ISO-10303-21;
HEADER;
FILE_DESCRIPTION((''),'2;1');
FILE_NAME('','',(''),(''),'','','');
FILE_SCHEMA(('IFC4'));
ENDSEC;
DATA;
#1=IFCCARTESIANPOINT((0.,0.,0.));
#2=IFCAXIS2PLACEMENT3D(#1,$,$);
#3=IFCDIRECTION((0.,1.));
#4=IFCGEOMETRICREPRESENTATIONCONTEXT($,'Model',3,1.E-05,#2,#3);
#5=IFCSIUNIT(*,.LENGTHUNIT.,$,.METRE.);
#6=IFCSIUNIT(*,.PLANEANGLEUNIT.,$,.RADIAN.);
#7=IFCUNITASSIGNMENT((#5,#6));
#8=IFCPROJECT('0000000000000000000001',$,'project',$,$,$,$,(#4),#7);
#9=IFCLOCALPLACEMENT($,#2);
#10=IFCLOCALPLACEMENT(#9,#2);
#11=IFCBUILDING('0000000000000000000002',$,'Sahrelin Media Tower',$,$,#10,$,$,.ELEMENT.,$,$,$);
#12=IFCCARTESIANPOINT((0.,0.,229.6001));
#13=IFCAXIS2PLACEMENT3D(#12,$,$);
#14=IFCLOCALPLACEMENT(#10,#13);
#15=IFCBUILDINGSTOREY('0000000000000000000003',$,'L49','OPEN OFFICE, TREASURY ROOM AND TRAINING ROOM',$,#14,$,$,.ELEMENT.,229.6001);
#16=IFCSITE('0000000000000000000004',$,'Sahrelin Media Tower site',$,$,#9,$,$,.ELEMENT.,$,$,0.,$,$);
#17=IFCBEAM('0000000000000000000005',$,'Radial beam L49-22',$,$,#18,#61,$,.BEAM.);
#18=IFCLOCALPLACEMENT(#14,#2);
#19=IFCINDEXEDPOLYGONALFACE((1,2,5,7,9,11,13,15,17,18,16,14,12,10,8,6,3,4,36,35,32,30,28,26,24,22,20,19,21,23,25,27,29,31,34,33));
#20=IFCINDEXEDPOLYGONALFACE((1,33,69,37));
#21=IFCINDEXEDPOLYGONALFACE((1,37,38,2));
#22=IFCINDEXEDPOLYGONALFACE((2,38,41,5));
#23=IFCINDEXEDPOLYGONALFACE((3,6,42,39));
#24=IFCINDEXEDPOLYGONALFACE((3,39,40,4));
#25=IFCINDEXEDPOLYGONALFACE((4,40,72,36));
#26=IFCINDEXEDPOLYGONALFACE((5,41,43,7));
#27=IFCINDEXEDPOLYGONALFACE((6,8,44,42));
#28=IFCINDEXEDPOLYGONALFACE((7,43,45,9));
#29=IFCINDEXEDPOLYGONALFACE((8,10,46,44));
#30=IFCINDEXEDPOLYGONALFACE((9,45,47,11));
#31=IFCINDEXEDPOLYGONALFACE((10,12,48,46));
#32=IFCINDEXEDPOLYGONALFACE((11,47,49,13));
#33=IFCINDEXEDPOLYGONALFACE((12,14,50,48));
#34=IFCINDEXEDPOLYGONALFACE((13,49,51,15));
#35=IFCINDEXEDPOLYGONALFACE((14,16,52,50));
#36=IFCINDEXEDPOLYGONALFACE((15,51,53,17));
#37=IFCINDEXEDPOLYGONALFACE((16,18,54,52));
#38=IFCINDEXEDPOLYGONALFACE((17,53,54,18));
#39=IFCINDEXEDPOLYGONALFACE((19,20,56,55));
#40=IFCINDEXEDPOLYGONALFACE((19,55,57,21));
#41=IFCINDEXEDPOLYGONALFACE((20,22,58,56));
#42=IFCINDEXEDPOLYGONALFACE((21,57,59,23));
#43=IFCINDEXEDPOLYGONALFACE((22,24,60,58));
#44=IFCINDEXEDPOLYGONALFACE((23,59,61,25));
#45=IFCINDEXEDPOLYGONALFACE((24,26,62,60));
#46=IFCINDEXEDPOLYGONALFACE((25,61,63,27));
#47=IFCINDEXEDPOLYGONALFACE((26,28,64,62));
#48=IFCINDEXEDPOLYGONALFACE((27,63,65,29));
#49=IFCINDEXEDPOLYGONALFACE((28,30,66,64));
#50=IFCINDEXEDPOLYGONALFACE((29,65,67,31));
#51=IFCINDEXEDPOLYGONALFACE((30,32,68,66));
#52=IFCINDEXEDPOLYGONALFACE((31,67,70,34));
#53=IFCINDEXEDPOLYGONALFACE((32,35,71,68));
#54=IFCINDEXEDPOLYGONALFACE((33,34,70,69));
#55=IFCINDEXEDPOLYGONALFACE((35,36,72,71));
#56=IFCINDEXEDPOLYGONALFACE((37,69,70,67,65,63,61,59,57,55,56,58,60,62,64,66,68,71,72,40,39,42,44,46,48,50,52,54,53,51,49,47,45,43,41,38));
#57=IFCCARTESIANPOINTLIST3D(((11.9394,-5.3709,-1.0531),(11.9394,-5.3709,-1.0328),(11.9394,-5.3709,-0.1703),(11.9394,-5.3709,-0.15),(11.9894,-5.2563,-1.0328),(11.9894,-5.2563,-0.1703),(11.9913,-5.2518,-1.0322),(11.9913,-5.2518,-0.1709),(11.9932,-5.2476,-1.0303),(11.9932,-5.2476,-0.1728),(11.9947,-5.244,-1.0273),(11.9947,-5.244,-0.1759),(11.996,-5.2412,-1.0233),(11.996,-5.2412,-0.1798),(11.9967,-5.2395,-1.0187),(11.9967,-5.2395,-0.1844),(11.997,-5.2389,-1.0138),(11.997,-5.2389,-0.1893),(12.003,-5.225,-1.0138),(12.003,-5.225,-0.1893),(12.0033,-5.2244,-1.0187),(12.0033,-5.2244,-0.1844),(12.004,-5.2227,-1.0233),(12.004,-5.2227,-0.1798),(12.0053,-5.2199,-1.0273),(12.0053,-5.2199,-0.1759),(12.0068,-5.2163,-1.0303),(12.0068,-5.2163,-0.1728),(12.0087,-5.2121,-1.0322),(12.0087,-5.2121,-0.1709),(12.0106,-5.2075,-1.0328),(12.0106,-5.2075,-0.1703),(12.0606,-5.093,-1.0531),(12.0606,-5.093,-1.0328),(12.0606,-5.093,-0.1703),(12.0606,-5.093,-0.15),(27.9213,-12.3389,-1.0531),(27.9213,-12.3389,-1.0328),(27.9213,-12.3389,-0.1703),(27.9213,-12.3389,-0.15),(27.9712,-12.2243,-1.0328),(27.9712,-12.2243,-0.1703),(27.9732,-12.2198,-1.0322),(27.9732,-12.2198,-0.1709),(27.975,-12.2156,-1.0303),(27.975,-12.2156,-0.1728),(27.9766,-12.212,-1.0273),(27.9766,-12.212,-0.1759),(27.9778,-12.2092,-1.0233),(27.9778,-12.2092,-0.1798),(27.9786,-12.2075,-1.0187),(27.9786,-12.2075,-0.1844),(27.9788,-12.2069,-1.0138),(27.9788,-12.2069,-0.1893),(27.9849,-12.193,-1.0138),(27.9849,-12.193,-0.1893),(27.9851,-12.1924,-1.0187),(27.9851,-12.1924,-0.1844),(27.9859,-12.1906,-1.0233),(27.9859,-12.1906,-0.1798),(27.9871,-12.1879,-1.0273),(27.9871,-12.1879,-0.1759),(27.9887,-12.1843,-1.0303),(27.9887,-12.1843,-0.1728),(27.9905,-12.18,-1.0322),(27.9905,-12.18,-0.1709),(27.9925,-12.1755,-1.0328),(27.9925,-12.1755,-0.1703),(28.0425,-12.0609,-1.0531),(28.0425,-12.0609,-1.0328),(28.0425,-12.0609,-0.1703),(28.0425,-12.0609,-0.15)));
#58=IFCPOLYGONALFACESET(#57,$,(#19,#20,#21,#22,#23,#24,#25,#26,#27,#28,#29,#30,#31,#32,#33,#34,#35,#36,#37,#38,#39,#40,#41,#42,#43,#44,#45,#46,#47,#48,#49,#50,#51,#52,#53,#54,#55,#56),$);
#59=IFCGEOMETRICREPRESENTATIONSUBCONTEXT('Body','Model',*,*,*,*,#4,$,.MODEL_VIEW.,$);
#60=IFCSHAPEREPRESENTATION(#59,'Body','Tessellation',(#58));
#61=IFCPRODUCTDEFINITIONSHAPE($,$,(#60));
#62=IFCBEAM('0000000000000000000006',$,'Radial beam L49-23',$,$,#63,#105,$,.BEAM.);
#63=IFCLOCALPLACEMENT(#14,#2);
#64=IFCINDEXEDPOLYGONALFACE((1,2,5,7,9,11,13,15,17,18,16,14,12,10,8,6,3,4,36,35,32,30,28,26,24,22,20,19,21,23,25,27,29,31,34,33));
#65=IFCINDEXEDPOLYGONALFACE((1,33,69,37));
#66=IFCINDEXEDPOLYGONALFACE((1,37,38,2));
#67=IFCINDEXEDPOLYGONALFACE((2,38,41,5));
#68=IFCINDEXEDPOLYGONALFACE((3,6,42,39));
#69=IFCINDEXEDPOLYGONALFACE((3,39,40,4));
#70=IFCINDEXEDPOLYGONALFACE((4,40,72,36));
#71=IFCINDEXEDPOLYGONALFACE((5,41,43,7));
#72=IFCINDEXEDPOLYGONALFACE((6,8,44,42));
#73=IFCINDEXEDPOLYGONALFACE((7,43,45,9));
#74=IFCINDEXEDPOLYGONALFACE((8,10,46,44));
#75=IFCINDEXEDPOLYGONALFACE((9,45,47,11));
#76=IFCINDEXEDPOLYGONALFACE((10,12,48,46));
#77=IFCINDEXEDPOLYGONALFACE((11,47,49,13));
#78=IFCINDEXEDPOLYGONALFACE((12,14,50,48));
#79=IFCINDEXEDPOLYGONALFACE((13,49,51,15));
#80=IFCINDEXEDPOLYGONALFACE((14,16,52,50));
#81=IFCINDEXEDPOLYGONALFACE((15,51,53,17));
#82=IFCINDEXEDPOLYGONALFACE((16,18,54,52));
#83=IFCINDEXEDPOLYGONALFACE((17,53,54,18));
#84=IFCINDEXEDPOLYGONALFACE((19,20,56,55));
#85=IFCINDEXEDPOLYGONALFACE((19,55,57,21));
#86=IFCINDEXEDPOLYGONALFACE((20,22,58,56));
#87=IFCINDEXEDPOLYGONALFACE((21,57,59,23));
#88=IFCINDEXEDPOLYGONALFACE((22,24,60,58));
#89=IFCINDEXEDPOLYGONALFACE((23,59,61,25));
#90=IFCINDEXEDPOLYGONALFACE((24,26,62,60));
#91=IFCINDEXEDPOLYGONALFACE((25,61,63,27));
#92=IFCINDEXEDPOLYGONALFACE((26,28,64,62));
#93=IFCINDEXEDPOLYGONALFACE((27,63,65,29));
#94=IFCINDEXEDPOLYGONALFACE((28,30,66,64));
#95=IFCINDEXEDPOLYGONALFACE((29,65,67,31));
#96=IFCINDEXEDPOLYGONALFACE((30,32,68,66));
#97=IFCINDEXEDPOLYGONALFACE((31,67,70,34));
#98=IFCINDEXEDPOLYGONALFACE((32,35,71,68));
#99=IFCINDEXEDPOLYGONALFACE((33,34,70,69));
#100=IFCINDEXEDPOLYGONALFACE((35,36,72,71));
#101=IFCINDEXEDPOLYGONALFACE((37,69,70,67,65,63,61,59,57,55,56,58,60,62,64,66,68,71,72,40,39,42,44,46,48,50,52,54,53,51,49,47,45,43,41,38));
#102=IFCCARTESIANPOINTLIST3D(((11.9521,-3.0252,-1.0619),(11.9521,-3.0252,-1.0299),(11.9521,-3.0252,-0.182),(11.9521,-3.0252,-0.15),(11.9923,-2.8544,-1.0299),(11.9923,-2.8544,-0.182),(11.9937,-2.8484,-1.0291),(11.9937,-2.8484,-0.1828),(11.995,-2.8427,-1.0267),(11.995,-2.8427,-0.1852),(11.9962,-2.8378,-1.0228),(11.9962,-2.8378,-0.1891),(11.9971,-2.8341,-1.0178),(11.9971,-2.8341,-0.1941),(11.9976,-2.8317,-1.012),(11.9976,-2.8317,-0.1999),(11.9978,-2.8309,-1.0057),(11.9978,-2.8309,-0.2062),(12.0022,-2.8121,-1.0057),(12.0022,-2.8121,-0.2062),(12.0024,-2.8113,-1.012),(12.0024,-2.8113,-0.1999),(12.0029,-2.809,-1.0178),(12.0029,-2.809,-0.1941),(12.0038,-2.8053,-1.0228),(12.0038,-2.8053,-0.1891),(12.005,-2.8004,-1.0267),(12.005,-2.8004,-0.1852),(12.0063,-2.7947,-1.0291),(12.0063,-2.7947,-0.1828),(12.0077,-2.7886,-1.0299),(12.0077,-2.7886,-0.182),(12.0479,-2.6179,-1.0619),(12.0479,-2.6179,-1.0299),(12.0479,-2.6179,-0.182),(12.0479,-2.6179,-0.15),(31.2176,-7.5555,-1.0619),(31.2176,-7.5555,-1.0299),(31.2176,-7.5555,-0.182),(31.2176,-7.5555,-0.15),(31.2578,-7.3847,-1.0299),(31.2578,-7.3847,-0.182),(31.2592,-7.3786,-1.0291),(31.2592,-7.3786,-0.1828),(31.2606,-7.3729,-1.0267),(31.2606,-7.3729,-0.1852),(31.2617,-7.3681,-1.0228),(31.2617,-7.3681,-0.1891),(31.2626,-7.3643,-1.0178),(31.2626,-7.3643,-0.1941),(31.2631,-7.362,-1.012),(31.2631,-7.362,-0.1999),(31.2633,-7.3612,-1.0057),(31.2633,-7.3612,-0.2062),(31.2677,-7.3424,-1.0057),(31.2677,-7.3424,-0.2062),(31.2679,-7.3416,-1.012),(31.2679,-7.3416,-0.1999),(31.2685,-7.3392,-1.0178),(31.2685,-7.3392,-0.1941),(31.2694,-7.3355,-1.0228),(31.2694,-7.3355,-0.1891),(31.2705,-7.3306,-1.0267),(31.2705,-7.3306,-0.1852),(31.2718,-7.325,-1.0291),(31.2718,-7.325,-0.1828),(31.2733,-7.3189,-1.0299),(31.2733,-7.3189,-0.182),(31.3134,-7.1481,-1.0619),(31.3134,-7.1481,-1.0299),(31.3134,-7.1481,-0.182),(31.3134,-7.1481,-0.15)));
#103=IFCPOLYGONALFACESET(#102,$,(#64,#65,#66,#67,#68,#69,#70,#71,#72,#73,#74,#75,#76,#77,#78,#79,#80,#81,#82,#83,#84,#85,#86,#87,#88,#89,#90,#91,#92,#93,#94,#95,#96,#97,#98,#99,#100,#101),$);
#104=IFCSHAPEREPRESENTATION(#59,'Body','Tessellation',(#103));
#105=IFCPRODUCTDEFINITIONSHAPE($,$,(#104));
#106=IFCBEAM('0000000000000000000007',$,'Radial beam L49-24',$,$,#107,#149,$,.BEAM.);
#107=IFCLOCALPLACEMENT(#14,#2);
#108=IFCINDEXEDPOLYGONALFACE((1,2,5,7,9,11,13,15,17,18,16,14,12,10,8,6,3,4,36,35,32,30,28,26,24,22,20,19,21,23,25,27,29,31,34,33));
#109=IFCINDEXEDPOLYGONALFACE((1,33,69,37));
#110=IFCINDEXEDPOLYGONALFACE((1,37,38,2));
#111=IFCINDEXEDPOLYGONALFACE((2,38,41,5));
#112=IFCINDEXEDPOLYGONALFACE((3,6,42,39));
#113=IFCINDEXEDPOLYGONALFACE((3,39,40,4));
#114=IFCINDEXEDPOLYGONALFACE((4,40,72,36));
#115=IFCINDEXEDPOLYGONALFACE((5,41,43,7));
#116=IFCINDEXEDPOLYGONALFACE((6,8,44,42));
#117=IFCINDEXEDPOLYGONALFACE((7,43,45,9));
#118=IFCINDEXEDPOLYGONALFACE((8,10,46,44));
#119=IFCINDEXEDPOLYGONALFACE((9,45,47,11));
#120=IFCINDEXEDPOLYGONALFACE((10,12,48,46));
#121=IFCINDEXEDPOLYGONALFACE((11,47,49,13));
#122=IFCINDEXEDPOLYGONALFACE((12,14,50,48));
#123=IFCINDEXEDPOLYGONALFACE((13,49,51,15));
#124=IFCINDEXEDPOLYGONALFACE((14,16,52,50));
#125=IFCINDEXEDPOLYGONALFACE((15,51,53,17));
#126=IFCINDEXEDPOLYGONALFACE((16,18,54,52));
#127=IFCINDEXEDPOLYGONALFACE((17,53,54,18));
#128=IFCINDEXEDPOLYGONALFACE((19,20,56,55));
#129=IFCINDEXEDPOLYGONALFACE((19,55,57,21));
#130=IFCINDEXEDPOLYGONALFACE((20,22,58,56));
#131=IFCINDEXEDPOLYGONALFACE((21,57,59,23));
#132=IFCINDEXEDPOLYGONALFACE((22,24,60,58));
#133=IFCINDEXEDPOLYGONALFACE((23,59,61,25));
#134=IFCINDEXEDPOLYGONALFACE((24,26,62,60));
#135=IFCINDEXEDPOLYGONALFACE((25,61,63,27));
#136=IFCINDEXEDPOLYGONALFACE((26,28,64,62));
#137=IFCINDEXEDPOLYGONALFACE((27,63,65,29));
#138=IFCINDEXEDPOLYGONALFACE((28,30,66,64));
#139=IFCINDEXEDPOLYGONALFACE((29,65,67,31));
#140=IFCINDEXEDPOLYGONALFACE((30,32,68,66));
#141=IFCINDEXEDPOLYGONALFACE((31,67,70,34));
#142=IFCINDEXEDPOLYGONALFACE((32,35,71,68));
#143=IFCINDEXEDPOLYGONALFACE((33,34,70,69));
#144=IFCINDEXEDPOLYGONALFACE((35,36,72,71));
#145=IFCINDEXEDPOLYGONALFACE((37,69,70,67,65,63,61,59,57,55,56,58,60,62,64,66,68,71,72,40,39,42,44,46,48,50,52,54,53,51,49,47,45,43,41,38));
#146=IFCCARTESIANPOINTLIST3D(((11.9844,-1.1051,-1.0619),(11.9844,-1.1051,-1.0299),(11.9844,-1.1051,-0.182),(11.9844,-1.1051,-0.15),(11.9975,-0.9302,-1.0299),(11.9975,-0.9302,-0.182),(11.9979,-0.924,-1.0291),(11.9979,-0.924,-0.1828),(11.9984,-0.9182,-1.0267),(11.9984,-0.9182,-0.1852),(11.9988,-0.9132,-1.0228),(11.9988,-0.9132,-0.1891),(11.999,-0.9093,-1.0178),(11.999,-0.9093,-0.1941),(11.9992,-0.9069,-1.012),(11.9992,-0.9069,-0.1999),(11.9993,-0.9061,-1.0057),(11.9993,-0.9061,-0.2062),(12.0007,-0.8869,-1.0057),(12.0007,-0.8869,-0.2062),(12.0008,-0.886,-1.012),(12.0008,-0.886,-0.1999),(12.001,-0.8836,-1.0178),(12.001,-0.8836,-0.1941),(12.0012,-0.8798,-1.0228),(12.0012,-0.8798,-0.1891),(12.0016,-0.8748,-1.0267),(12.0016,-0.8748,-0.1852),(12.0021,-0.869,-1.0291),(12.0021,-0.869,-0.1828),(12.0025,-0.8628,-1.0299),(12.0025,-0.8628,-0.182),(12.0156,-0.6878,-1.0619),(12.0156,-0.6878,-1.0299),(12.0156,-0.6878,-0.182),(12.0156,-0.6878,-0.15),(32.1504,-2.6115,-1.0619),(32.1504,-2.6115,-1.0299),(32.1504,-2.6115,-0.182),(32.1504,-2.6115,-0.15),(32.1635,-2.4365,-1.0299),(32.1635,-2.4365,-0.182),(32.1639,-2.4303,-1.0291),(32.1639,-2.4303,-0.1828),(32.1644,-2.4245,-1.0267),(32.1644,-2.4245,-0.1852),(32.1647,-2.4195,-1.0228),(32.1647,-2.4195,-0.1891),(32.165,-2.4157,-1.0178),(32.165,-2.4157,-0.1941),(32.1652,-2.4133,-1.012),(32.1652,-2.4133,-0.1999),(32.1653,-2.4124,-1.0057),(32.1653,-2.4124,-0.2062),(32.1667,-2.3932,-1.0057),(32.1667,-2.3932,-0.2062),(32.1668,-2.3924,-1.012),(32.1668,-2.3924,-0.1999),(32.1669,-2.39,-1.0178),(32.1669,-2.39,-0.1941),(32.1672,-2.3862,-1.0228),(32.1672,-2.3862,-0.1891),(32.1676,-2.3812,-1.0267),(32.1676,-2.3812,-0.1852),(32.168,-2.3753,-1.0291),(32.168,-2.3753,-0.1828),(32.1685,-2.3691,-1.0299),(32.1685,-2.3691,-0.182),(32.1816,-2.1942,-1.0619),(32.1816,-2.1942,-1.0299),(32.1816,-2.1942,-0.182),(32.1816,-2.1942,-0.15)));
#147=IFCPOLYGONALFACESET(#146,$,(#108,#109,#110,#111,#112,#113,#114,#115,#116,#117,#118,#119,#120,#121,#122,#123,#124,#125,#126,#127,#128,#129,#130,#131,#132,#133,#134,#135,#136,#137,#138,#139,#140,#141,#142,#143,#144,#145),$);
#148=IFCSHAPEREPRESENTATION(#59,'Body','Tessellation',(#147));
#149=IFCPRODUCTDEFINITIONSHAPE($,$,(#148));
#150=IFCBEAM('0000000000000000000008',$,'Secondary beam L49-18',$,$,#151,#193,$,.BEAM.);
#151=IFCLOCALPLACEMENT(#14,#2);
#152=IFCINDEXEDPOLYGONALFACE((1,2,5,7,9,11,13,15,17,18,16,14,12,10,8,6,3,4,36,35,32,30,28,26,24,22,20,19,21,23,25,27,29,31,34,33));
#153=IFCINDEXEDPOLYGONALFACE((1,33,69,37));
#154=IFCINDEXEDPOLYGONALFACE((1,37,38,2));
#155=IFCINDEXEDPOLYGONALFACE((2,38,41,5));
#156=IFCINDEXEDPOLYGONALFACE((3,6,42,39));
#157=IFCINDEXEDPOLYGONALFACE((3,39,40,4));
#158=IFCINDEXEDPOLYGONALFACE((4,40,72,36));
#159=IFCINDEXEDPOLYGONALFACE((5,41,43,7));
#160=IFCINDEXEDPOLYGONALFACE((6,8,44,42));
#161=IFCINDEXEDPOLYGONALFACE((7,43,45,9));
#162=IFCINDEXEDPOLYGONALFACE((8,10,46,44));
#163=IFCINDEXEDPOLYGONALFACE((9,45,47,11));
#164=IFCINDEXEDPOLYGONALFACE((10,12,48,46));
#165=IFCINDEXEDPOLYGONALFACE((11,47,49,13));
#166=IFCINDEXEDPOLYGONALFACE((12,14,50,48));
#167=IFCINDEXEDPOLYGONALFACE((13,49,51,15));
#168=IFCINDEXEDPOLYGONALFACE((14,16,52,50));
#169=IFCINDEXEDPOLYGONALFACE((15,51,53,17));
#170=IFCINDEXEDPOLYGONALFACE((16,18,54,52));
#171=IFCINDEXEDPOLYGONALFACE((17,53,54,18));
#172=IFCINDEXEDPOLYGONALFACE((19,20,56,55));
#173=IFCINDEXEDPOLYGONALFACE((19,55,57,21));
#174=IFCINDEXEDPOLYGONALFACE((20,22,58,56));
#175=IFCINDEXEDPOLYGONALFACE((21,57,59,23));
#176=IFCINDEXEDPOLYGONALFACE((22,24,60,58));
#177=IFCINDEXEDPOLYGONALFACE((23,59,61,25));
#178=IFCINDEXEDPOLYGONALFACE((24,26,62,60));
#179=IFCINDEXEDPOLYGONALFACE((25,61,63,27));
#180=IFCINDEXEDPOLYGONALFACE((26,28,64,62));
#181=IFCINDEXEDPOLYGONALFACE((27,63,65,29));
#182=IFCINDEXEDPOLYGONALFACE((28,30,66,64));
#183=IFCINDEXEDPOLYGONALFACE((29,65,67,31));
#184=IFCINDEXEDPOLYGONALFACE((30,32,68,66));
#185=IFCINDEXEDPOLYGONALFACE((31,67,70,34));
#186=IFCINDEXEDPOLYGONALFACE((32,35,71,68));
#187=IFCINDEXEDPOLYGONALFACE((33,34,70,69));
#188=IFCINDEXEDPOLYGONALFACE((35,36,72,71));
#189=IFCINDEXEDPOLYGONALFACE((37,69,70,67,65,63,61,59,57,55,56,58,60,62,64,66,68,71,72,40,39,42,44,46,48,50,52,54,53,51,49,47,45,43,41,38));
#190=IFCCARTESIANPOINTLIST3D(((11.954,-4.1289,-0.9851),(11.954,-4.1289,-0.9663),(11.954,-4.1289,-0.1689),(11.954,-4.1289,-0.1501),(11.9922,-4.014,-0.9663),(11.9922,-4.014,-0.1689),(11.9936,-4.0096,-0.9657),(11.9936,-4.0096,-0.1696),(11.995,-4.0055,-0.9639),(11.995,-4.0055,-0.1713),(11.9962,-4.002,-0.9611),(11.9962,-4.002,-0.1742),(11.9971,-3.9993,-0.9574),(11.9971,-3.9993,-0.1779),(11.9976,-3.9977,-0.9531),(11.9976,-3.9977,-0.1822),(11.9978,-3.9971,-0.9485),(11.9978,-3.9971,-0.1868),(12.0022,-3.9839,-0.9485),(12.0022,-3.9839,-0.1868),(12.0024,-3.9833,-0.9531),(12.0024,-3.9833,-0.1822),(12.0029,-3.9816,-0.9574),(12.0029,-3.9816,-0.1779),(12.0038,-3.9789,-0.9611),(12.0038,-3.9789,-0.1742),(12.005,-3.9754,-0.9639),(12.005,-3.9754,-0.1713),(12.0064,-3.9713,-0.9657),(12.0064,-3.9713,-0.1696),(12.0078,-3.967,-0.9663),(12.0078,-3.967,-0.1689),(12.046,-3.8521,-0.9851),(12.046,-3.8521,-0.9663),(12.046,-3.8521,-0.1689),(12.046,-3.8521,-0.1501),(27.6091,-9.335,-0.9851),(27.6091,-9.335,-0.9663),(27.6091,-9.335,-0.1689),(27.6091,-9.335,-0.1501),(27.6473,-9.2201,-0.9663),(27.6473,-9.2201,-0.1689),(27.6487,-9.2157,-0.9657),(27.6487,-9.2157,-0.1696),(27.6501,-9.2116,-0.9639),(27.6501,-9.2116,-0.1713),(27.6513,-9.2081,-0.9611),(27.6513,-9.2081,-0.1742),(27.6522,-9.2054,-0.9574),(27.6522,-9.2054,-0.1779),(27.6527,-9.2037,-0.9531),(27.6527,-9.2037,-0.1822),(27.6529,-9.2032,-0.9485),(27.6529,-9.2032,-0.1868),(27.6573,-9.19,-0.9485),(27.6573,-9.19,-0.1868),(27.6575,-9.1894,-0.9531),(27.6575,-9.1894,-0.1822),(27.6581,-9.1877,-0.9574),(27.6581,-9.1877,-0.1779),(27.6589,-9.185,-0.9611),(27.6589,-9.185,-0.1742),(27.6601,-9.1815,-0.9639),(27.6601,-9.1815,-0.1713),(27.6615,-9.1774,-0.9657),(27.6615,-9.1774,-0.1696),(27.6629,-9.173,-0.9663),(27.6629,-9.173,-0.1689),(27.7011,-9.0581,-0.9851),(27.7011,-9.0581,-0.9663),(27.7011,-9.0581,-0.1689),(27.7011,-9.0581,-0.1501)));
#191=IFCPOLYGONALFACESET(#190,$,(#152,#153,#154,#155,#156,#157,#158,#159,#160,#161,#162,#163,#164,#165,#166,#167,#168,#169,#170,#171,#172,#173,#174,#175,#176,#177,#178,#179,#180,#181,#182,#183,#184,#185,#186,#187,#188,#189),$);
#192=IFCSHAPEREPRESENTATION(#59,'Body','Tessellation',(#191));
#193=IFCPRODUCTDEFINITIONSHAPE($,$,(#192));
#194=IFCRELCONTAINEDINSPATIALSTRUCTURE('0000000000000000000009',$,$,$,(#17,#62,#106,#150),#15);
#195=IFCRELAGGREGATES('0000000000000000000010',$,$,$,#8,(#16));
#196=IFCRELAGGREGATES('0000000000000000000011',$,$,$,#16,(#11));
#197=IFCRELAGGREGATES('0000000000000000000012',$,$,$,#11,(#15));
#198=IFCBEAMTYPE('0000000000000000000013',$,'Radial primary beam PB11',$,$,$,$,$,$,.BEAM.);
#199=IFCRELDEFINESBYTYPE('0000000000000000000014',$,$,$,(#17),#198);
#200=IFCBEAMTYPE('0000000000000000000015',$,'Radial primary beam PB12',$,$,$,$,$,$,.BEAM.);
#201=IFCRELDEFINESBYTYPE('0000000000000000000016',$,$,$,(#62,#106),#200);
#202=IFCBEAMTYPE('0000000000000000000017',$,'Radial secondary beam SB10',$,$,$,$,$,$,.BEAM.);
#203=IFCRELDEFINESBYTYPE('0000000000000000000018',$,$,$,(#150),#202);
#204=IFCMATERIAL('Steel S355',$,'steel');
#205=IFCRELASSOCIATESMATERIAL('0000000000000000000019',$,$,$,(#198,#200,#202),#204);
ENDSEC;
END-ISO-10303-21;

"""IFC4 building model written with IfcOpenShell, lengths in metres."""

from ifc_helpers import new_model, si_unit, direction, frame, origin, origin_2d, place, context, subcontext, project, spatial, i_section, extrude, material, material_profile, profile_set, type_object, element, save


model = new_model("IFC4")

# Units and contexts
model_context = context("Model", 3, precision=1e-05, world=origin(), true_north=direction((0.0, 1.0)))
body_context = subcontext(model_context, "Body", "Model", "MODEL_VIEW")
ifc_project = project(units=[si_unit("LENGTHUNIT", "METRE"), si_unit("PLANEANGLEUNIT", "RADIAN")], contexts=[model_context])

# Site, building, storey
site_placement = place(None, origin())
site = spatial("IfcSite", under=ifc_project, at=site_placement, Name="Sahrelin Media Tower site", CompositionType="ELEMENT", RefElevation=0.0)
building_placement = place(site_placement, origin())
building = spatial("IfcBuilding", under=site, at=building_placement, Name="Sahrelin Media Tower", CompositionType="ELEMENT")
storey_placement = place(building_placement, frame((0.0, 0.0, 229.6001)))
storey = spatial("IfcBuildingStorey", under=building, at=storey_placement, Name="L49", Description="OPEN OFFICE, TREASURY ROOM AND TRAINING ROOM", CompositionType="ELEMENT", Elevation=229.6001)

# Beams
ifc_material_1 = material(Name="Steel S355", Category="steel")
ifc_material_profile_1 = material_profile(ifc_material_1, i_section(OverallWidth=0.3032, OverallDepth=0.9031, WebThickness=0.0151, FlangeThickness=0.0203, FilletRadius=0.019, at=origin_2d()), Name="UB 914x305x201")
ifc_profile_set_1 = profile_set([ifc_material_profile_1], Name="Steel S355")
beam_type_1 = type_object("IfcBeamType", Name="Radial primary beam PB11", PredefinedType="BEAM", material=ifc_profile_set_1)
beam_1_placement = place(storey_placement, frame((12.0, -5.2319, -0.6016), z_axis=(0.916664, -0.399659, 0.0), x_axis=(0.399659, 0.916664, 0.0)))
element("IfcBeam", 1, at=beam_1_placement, inside=storey, type_object=beam_type_1, Name="Radial beam L49-22", PredefinedType="BEAM", context=body_context, shape_type="SweptSolid", body=[
    extrude(i_section(OverallWidth=0.3032, OverallDepth=0.9031, WebThickness=0.0151, FlangeThickness=0.0203, FilletRadius=0.019, at=origin_2d()), origin(), (0.0, 0.0, 1.0), 17.4348),
])
ifc_material_profile_2 = material_profile(ifc_material_1, i_section(OverallWidth=0.4185, OverallDepth=0.9119, WebThickness=0.0193, FlangeThickness=0.032, FilletRadius=0.0242, at=origin_2d()), Name="UB 914x419x343")
ifc_profile_set_2 = profile_set([ifc_material_profile_2], Name="Steel S355")
beam_type_2 = type_object("IfcBeamType", Name="Radial primary beam PB12", PredefinedType="BEAM", material=ifc_profile_set_2)
beam_2_placement = place(storey_placement, frame((12.0, -2.8215, -0.606), z_axis=(0.973449, -0.228905, 0.0), x_axis=(0.228905, 0.973449, 0.0)))
element("IfcBeam", 2, at=beam_2_placement, inside=storey, type_object=beam_type_2, Name="Radial beam L49-23", PredefinedType="BEAM", context=body_context, shape_type="SweptSolid", body=[
    extrude(i_section(OverallWidth=0.4185, OverallDepth=0.9119, WebThickness=0.0193, FlangeThickness=0.032, FilletRadius=0.0242, at=origin_2d()), origin(), (0.0, 0.0, 1.0), 19.791),
])
beam_3_placement = place(storey_placement, frame((12.0, -0.8965, -0.606), z_axis=(0.997222, -0.07449, 0.0), x_axis=(0.07449, 0.997222, 0.0)))
element("IfcBeam", 3, at=beam_3_placement, inside=storey, type_object=beam_type_2, Name="Radial beam L49-24", PredefinedType="BEAM", context=body_context, shape_type="SweptSolid", body=[
    extrude(i_section(OverallWidth=0.4185, OverallDepth=0.9119, WebThickness=0.0193, FlangeThickness=0.032, FilletRadius=0.0242, at=origin_2d()), origin(), (0.0, 0.0, 1.0), 20.2222),
])
ifc_material_profile_3 = material_profile(ifc_material_1, i_section(OverallWidth=0.2917, OverallDepth=0.835, WebThickness=0.0139, FlangeThickness=0.0188, FilletRadius=0.0178, at=origin_2d()), Name="UB 838x292x176")
ifc_profile_set_3 = profile_set([ifc_material_profile_3], Name="Steel S355")
beam_type_3 = type_object("IfcBeamType", Name="Radial secondary beam SB10", PredefinedType="BEAM", material=ifc_profile_set_3)
beam_4_placement = place(storey_placement, frame((12.0, -3.9905, -0.5676), z_axis=(0.948907, -0.315557, 0.0), x_axis=(0.315557, 0.948907, 0.0)))
element("IfcBeam", 4, at=beam_4_placement, inside=storey, type_object=beam_type_3, Name="Secondary beam L49-18", PredefinedType="BEAM", context=body_context, shape_type="SweptSolid", body=[
    extrude(i_section(OverallWidth=0.2917, OverallDepth=0.835, WebThickness=0.0139, FlangeThickness=0.0188, FilletRadius=0.0178, at=origin_2d()), origin(), (0.0, 0.0, 1.0), 16.498),
])

save(model, "model.ifc")
